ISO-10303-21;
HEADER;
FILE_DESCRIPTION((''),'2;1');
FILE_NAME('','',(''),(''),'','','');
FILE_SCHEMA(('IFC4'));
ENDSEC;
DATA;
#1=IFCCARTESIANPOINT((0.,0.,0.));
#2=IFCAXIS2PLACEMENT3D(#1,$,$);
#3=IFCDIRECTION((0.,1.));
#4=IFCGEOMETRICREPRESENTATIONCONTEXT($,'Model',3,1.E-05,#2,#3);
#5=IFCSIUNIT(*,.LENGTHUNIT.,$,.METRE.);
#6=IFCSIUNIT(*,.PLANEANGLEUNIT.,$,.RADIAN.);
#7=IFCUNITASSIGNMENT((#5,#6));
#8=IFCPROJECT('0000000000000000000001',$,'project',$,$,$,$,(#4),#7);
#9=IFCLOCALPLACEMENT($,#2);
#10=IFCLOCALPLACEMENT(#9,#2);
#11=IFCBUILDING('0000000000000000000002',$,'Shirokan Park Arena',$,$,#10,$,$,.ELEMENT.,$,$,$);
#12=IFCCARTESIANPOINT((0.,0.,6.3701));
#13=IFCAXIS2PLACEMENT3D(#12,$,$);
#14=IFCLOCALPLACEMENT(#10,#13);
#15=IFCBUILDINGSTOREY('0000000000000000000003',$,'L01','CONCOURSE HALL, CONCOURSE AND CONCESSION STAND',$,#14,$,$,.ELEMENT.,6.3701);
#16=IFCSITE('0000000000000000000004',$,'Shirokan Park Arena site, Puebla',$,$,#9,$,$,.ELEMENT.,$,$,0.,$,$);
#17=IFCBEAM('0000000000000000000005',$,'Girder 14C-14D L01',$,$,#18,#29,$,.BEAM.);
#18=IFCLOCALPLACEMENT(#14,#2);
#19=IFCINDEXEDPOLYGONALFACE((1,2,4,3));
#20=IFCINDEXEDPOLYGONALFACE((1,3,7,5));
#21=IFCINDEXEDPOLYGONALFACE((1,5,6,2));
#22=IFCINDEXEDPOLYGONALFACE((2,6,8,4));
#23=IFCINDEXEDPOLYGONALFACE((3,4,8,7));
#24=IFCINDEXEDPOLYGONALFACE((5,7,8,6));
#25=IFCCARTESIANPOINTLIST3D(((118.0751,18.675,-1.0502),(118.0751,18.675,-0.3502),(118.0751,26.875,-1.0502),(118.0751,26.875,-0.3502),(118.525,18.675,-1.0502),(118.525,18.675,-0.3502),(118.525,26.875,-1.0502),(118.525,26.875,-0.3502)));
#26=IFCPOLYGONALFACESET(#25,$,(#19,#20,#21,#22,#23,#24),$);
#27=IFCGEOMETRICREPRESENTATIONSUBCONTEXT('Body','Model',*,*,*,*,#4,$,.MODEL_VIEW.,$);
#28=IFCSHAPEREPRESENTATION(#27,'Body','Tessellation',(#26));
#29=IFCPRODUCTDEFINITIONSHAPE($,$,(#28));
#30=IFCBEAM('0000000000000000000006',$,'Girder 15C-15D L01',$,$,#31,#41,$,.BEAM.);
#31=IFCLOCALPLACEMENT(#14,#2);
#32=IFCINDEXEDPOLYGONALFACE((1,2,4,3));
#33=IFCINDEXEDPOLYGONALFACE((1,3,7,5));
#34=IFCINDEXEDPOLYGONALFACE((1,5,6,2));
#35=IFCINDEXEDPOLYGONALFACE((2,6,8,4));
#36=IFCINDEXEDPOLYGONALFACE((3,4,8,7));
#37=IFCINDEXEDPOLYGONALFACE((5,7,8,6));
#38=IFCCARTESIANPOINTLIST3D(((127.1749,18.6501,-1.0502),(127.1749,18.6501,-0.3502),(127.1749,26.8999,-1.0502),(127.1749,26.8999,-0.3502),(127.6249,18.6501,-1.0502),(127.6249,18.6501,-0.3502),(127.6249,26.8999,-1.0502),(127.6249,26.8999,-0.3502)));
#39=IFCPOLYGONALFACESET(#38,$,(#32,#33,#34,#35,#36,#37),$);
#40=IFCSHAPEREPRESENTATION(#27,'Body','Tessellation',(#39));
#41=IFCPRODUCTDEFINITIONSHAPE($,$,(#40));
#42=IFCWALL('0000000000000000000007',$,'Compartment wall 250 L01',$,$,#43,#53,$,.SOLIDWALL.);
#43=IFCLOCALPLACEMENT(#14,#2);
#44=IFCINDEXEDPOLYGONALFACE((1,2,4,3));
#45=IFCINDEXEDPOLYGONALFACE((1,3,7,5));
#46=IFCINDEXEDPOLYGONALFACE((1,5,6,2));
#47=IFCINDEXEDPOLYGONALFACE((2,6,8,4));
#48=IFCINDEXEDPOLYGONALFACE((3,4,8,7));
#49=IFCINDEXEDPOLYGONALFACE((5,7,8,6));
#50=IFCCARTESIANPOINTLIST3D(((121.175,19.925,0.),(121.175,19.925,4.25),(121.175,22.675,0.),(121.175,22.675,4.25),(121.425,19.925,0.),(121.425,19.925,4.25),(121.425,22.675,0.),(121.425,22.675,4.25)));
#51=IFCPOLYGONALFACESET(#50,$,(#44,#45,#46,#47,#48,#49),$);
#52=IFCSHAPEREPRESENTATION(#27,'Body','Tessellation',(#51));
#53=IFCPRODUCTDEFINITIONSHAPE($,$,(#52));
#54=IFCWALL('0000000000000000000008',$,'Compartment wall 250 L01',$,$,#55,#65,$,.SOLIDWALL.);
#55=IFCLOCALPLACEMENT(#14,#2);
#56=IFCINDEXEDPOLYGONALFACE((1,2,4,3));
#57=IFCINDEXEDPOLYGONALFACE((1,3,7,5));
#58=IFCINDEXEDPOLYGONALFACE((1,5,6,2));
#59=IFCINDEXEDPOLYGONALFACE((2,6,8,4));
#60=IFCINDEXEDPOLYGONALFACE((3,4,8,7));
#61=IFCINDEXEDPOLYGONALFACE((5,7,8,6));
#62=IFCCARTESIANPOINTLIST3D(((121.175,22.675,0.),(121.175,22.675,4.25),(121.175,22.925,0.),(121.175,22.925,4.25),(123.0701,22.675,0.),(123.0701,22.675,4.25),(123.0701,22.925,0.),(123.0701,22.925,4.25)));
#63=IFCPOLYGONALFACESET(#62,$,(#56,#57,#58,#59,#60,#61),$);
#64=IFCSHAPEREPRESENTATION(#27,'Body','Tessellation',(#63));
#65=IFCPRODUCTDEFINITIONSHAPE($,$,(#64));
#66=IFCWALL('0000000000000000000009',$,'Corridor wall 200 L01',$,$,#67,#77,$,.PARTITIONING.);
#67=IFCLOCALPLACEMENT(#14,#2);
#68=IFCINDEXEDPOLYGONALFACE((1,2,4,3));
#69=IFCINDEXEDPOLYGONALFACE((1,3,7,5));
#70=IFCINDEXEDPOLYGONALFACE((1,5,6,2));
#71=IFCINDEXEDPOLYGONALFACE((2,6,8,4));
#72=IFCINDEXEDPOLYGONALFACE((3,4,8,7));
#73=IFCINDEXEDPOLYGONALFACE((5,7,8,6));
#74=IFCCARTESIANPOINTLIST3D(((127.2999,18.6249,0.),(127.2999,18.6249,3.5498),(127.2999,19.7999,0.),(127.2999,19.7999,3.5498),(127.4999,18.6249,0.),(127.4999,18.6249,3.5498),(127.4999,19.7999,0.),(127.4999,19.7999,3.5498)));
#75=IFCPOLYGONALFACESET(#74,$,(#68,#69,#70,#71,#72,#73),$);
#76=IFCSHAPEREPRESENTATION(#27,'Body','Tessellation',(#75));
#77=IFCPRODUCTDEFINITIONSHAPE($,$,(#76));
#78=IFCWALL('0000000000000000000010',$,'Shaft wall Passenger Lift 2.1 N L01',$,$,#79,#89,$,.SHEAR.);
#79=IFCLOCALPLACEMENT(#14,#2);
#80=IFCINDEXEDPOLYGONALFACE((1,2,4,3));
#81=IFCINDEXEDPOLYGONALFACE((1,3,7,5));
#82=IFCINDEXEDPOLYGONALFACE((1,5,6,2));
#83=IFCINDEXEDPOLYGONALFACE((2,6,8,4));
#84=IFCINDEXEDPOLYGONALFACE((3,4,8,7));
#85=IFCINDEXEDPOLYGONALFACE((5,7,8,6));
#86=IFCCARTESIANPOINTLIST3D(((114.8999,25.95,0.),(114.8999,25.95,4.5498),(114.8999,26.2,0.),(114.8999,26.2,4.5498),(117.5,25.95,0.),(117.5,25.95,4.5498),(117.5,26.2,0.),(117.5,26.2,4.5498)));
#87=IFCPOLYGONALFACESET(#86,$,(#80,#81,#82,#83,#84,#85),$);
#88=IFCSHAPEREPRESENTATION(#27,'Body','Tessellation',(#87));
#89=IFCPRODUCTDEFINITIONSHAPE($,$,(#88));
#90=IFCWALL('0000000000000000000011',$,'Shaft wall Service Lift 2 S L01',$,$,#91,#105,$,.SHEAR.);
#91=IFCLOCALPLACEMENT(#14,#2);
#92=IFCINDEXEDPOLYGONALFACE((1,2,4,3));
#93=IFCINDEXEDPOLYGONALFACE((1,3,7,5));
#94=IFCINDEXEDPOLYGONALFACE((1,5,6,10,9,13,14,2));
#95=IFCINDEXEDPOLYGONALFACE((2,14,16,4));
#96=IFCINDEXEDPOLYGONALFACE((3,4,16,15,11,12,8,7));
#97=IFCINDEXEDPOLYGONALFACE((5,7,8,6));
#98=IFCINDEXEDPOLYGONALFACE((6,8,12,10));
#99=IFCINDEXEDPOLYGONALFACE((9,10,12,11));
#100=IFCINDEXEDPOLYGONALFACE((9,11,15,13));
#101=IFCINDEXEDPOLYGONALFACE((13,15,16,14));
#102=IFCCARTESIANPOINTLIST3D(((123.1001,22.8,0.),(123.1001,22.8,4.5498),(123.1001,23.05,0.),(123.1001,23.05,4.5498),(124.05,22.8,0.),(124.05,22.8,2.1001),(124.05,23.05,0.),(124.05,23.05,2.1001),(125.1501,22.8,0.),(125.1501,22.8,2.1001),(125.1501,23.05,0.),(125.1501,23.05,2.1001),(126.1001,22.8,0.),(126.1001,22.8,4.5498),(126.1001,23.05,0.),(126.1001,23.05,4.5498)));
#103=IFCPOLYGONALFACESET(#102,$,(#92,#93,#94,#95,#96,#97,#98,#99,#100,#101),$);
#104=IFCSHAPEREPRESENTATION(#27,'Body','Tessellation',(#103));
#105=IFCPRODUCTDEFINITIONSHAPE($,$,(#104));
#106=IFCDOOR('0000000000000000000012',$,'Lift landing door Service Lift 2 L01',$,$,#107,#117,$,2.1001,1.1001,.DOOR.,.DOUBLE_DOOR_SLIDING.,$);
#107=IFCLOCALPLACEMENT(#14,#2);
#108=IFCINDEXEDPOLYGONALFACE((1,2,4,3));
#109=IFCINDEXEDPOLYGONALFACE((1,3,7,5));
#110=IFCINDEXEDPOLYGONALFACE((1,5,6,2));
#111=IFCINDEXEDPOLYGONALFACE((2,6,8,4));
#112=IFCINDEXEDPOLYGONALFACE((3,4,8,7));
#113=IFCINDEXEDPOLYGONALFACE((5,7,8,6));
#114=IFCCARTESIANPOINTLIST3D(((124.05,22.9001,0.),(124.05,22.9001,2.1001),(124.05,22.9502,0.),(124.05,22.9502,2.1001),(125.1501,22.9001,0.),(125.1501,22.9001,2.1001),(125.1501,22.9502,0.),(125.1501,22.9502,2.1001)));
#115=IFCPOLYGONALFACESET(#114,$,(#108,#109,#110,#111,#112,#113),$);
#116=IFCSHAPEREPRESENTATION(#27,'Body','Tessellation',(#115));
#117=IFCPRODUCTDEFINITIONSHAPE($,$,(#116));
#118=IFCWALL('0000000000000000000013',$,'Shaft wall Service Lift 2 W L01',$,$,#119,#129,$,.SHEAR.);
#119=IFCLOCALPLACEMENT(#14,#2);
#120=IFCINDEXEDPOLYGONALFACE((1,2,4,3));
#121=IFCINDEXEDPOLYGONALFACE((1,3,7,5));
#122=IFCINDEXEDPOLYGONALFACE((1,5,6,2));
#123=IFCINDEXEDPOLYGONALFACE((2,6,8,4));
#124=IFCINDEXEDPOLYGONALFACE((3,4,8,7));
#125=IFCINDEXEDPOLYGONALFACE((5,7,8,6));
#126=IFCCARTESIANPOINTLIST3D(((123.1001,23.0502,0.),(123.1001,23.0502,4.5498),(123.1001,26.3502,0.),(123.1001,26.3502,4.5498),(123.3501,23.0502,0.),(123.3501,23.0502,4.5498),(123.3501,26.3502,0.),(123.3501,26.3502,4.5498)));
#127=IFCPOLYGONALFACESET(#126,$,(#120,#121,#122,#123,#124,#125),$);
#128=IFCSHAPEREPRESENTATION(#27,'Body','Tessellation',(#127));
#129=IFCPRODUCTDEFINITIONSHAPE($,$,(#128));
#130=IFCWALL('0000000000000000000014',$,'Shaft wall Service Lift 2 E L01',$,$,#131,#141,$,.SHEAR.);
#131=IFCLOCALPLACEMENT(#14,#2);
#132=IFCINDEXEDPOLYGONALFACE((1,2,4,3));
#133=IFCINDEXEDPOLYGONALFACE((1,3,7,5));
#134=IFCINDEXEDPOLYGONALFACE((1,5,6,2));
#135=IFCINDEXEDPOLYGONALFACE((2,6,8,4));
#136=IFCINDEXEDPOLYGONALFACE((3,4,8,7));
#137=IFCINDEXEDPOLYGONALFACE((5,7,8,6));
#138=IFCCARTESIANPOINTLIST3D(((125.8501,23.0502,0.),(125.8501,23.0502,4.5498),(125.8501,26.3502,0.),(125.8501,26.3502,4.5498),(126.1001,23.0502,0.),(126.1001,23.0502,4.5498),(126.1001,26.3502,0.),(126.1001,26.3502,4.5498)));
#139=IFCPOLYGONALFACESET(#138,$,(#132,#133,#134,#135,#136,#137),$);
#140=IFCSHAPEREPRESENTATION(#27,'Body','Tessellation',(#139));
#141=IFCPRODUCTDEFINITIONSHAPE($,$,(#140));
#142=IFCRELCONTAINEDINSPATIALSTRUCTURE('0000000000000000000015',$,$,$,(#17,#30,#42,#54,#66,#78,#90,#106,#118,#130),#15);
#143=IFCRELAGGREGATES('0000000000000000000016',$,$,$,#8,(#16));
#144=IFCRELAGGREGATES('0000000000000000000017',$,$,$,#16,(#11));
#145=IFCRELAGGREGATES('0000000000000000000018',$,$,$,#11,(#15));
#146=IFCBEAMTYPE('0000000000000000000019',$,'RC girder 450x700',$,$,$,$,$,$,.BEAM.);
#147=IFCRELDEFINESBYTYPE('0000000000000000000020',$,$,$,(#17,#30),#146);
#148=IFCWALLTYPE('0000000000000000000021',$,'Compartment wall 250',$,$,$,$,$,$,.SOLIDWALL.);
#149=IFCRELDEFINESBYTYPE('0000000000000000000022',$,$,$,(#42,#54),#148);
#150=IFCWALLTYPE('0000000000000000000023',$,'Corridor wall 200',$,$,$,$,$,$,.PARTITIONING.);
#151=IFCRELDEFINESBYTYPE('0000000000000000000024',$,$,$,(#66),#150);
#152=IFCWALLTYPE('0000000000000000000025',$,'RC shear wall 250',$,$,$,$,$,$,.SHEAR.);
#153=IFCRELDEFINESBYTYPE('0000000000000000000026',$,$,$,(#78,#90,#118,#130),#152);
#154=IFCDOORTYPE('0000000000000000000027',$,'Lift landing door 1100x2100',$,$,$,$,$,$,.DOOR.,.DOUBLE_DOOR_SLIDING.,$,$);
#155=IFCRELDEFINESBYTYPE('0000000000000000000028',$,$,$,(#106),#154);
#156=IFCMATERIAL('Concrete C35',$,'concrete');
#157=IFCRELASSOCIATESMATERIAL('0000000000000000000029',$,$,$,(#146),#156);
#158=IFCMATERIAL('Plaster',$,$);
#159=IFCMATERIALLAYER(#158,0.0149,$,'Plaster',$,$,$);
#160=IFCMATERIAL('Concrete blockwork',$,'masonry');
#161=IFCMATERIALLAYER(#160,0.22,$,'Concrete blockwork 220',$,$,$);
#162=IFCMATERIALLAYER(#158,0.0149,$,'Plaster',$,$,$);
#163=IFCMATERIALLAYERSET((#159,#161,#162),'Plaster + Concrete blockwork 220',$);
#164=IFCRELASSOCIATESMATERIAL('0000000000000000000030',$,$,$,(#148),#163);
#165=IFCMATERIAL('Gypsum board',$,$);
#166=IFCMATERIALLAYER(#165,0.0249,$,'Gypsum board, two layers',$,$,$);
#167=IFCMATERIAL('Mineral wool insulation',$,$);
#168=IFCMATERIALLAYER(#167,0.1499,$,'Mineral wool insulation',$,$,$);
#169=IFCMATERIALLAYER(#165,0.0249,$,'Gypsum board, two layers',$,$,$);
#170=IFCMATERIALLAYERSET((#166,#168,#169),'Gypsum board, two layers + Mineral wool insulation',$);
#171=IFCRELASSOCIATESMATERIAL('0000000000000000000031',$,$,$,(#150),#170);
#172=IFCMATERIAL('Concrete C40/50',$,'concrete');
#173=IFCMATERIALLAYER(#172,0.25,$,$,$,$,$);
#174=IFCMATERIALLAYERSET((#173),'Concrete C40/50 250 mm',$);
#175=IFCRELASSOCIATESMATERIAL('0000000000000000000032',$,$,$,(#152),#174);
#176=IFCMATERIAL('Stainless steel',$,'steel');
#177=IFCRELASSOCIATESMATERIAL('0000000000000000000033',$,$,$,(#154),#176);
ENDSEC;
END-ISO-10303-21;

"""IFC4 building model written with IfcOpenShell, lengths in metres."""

from ifc_helpers import new_model, si_unit, direction, frame, frame_2d, origin, origin_2d, place, context, subcontext, project, spatial, rectangle, extrude, material, layer, layer_set, material_profile, profile_set, type_object, element, fill, save


model = new_model("IFC4")

# Units and contexts
model_context = context("Model", 3, precision=1e-05, world=origin(), true_north=direction((0.0, 1.0)))
body_context = subcontext(model_context, "Body", "Model", "MODEL_VIEW")
ifc_project = project(units=[si_unit("LENGTHUNIT", "METRE"), si_unit("PLANEANGLEUNIT", "RADIAN")], contexts=[model_context])

# Site, building, storey
site_placement = place(None, origin())
site = spatial("IfcSite", under=ifc_project, at=site_placement, Name="Shirokan Park Arena site, Puebla", CompositionType="ELEMENT", RefElevation=0.0)
building_placement = place(site_placement, origin())
building = spatial("IfcBuilding", under=site, at=building_placement, Name="Shirokan Park Arena", CompositionType="ELEMENT")
storey_placement = place(building_placement, frame((0.0, 0.0, 6.3701)))
storey = spatial("IfcBuildingStorey", under=building, at=storey_placement, Name="L01", Description="CONCOURSE HALL, CONCOURSE AND CONCESSION STAND", CompositionType="ELEMENT", Elevation=6.3701)

# Beams
ifc_material_1 = material(Name="Concrete C35", Category="concrete")
ifc_material_profile = material_profile(ifc_material_1, rectangle(XDim=0.45, YDim=0.7, at=origin_2d()), Name="450x700")
ifc_profile_set = profile_set([ifc_material_profile], Name="Concrete C35")
beam_type = type_object("IfcBeamType", Name="RC girder 450x700", PredefinedType="BEAM", material=ifc_profile_set)
beam_1_placement = place(storey_placement, frame((118.3, 18.675, -0.7002), z_axis=(0.0, 1.0, 0.0), x_axis=(-1.0, 0.0, 0.0)))
element("IfcBeam", 1, at=beam_1_placement, inside=storey, type_object=beam_type, Name="Girder 14C-14D L01", PredefinedType="BEAM", context=body_context, shape_type="SweptSolid", body=[
    extrude(rectangle(XDim=0.45, YDim=0.7, at=origin_2d()), origin(), (0.0, 0.0, 1.0), 8.2),
])
beam_2_placement = place(storey_placement, frame((127.3999, 18.6501, -0.7002), z_axis=(0.0, 1.0, 0.0), x_axis=(-1.0, 0.0, 0.0)))
element("IfcBeam", 2, at=beam_2_placement, inside=storey, type_object=beam_type, Name="Girder 15C-15D L01", PredefinedType="BEAM", context=body_context, shape_type="SweptSolid", body=[
    extrude(rectangle(XDim=0.45, YDim=0.7, at=origin_2d()), origin(), (0.0, 0.0, 1.0), 8.2498),
])

# Walls
ifc_material_2 = material(Name="Plaster")
ifc_layer_1 = layer(ifc_material_2, 0.0149, Name="Plaster")
ifc_material_3 = material(Name="Concrete blockwork", Category="masonry")
ifc_layer_2 = layer(ifc_material_3, 0.22, Name="Concrete blockwork 220")
ifc_layer_3 = layer(ifc_material_2, 0.0149, Name="Plaster")
ifc_layer_set_1 = layer_set([ifc_layer_1, ifc_layer_2, ifc_layer_3], Name="Plaster + Concrete blockwork 220")
wall_type_1 = type_object("IfcWallType", Name="Compartment wall 250", PredefinedType="SOLIDWALL", material=ifc_layer_set_1)
wall_1_placement = place(storey_placement, frame((121.3, 22.675, 0.0), z_axis=(0.0, 0.0, 1.0), x_axis=(0.0, -1.0, 0.0)))
element("IfcWall", 3, at=wall_1_placement, inside=storey, type_object=wall_type_1, Name="Compartment wall 250 L01", PredefinedType="SOLIDWALL", context=body_context, shape_type="SweptSolid", body=[
    extrude(rectangle(XDim=2.75, YDim=0.25, at=frame_2d((1.375, 0.0))), origin(), (0.0, 0.0, 1.0), 4.25),
])
wall_2_placement = place(storey_placement, frame((123.0701, 22.8, 0.0), z_axis=(0.0, 0.0, 1.0), x_axis=(-1.0, 0.0, 0.0)))
element("IfcWall", 4, at=wall_2_placement, inside=storey, type_object=wall_type_1, Name="Compartment wall 250 L01", PredefinedType="SOLIDWALL", context=body_context, shape_type="SweptSolid", body=[
    extrude(rectangle(XDim=1.895, YDim=0.25, at=frame_2d((0.9475, 0.0))), origin(), (0.0, 0.0, 1.0), 4.25),
])

# Shared definitions
ifc_material_4 = material(Name="Gypsum board")
ifc_layer_4 = layer(ifc_material_4, 0.0249, Name="Gypsum board, two layers")
ifc_material_5 = material(Name="Mineral wool insulation")
ifc_layer_5 = layer(ifc_material_5, 0.1499, Name="Mineral wool insulation")
ifc_layer_6 = layer(ifc_material_4, 0.0249, Name="Gypsum board, two layers")
ifc_layer_set_2 = layer_set([ifc_layer_4, ifc_layer_5, ifc_layer_6], Name="Gypsum board, two layers + Mineral wool insulation")
wall_type_2 = type_object("IfcWallType", Name="Corridor wall 200", PredefinedType="PARTITIONING", material=ifc_layer_set_2)

# Walls
wall_3_placement = place(storey_placement, frame((127.3999, 18.625, 0.0), z_axis=(0.0, 0.0, 1.0), x_axis=(0.0, 1.0, 0.0)))
element("IfcWall", 5, at=wall_3_placement, inside=storey, type_object=wall_type_2, Name="Corridor wall 200 L01", PredefinedType="PARTITIONING", context=body_context, shape_type="SweptSolid", body=[
    extrude(rectangle(XDim=1.175, YDim=0.2, at=frame_2d((0.5874, 0.0))), origin(), (0.0, 0.0, 1.0), 3.5498),
])
ifc_material_6 = material(Name="Concrete C40/50", Category="concrete")
ifc_layer_7 = layer(ifc_material_6, 0.25)
ifc_layer_set_3 = layer_set([ifc_layer_7], Name="Concrete C40/50 250 mm")
wall_type_3 = type_object("IfcWallType", Name="RC shear wall 250", PredefinedType="SHEAR", material=ifc_layer_set_3)
wall_4_placement = place(storey_placement, frame((117.5, 26.075, 0.0), z_axis=(0.0, 0.0, 1.0), x_axis=(-1.0, 0.0, 0.0)))
element("IfcWall", 6, at=wall_4_placement, inside=storey, type_object=wall_type_3, Name="Shaft wall Passenger Lift 2.1 N L01", PredefinedType="SHEAR", context=body_context, shape_type="SweptSolid", body=[
    extrude(rectangle(XDim=2.6001, YDim=0.25, at=frame_2d((1.3, 0.0))), origin(), (0.0, 0.0, 1.0), 4.5498),
])

# Wall, opening, door
wall_5_placement = place(storey_placement, frame((126.1001, 22.925, 0.0), z_axis=(0.0, 0.0, 1.0), x_axis=(-1.0, 0.0, 0.0)))
wall_5 = element("IfcWall", 7, at=wall_5_placement, inside=storey, type_object=wall_type_3, Name="Shaft wall Service Lift 2 S L01", PredefinedType="SHEAR", context=body_context, shape_type="SweptSolid", body=[
    extrude(rectangle(XDim=3.0, YDim=0.25, at=frame_2d((1.5, 0.0))), origin(), (0.0, 0.0, 1.0), 4.5498),
])
opening_1_placement = place(wall_5_placement, frame((0.95, 0.0, 0.0)))
opening_1 = element("IfcOpeningElement", 8, at=opening_1_placement, cuts=wall_5, PredefinedType="OPENING", context=body_context, shape_type="SweptSolid", body=[
    extrude(rectangle(XDim=1.1001, YDim=2.1001, at=frame_2d((0.55, 1.05))), frame((0.0, 0.135, 0.0), z_axis=(0.0, -1.0, 0.0), x_axis=(1.0, 0.0, 0.0)), (0.0, 0.0, 1.0), 0.27),
])
ifc_material_7 = material(Name="Stainless steel", Category="steel")
door_type_1 = type_object("IfcDoorType", Name="Lift landing door 1100x2100", OperationType="DOUBLE_DOOR_SLIDING", PredefinedType="DOOR", material=ifc_material_7)
door_1_placement = place(opening_1_placement, origin())
door_1 = element("IfcDoor", 9, at=door_1_placement, inside=storey, type_object=door_type_1, Name="Lift landing door Service Lift 2 L01", OperationType="DOUBLE_DOOR_SLIDING", OverallHeight=2.1001, OverallWidth=1.1001, PredefinedType="DOOR", context=body_context, shape_type="SweptSolid", body=[
    extrude(rectangle(XDim=1.1001, YDim=2.1001, at=frame_2d((0.55, 1.05))), frame((0.0, 0.0249, 0.0), z_axis=(0.0, -1.0, 0.0), x_axis=(1.0, 0.0, 0.0)), (0.0, 0.0, 1.0), 0.05),
])
fill(opening_1, door_1)

# Walls
for number, where, z_axis, x_axis, name in (
    (10, (123.2251, 26.3501, 0.0), (0.0, 0.0, 1.0), (0.0, -1.0, 0.0), "Shaft wall Service Lift 2 W L01"),
    (11, (125.9751, 26.3501, 0.0), (0.0, 0.0, 1.0), (0.0, -1.0, 0.0), "Shaft wall Service Lift 2 E L01"),
):
    element("IfcWall", number, at=place(storey_placement, frame(where, z_axis=z_axis, x_axis=x_axis)), inside=storey, type_object=wall_type_3, Name=name, PredefinedType="SHEAR", context=body_context, shape_type="SweptSolid", body=[
        extrude(rectangle(XDim=3.3, YDim=0.25, at=frame_2d((1.6499, 0.0))), origin(), (0.0, 0.0, 1.0), 4.5498),
    ])

save(model, "model.ifc")
